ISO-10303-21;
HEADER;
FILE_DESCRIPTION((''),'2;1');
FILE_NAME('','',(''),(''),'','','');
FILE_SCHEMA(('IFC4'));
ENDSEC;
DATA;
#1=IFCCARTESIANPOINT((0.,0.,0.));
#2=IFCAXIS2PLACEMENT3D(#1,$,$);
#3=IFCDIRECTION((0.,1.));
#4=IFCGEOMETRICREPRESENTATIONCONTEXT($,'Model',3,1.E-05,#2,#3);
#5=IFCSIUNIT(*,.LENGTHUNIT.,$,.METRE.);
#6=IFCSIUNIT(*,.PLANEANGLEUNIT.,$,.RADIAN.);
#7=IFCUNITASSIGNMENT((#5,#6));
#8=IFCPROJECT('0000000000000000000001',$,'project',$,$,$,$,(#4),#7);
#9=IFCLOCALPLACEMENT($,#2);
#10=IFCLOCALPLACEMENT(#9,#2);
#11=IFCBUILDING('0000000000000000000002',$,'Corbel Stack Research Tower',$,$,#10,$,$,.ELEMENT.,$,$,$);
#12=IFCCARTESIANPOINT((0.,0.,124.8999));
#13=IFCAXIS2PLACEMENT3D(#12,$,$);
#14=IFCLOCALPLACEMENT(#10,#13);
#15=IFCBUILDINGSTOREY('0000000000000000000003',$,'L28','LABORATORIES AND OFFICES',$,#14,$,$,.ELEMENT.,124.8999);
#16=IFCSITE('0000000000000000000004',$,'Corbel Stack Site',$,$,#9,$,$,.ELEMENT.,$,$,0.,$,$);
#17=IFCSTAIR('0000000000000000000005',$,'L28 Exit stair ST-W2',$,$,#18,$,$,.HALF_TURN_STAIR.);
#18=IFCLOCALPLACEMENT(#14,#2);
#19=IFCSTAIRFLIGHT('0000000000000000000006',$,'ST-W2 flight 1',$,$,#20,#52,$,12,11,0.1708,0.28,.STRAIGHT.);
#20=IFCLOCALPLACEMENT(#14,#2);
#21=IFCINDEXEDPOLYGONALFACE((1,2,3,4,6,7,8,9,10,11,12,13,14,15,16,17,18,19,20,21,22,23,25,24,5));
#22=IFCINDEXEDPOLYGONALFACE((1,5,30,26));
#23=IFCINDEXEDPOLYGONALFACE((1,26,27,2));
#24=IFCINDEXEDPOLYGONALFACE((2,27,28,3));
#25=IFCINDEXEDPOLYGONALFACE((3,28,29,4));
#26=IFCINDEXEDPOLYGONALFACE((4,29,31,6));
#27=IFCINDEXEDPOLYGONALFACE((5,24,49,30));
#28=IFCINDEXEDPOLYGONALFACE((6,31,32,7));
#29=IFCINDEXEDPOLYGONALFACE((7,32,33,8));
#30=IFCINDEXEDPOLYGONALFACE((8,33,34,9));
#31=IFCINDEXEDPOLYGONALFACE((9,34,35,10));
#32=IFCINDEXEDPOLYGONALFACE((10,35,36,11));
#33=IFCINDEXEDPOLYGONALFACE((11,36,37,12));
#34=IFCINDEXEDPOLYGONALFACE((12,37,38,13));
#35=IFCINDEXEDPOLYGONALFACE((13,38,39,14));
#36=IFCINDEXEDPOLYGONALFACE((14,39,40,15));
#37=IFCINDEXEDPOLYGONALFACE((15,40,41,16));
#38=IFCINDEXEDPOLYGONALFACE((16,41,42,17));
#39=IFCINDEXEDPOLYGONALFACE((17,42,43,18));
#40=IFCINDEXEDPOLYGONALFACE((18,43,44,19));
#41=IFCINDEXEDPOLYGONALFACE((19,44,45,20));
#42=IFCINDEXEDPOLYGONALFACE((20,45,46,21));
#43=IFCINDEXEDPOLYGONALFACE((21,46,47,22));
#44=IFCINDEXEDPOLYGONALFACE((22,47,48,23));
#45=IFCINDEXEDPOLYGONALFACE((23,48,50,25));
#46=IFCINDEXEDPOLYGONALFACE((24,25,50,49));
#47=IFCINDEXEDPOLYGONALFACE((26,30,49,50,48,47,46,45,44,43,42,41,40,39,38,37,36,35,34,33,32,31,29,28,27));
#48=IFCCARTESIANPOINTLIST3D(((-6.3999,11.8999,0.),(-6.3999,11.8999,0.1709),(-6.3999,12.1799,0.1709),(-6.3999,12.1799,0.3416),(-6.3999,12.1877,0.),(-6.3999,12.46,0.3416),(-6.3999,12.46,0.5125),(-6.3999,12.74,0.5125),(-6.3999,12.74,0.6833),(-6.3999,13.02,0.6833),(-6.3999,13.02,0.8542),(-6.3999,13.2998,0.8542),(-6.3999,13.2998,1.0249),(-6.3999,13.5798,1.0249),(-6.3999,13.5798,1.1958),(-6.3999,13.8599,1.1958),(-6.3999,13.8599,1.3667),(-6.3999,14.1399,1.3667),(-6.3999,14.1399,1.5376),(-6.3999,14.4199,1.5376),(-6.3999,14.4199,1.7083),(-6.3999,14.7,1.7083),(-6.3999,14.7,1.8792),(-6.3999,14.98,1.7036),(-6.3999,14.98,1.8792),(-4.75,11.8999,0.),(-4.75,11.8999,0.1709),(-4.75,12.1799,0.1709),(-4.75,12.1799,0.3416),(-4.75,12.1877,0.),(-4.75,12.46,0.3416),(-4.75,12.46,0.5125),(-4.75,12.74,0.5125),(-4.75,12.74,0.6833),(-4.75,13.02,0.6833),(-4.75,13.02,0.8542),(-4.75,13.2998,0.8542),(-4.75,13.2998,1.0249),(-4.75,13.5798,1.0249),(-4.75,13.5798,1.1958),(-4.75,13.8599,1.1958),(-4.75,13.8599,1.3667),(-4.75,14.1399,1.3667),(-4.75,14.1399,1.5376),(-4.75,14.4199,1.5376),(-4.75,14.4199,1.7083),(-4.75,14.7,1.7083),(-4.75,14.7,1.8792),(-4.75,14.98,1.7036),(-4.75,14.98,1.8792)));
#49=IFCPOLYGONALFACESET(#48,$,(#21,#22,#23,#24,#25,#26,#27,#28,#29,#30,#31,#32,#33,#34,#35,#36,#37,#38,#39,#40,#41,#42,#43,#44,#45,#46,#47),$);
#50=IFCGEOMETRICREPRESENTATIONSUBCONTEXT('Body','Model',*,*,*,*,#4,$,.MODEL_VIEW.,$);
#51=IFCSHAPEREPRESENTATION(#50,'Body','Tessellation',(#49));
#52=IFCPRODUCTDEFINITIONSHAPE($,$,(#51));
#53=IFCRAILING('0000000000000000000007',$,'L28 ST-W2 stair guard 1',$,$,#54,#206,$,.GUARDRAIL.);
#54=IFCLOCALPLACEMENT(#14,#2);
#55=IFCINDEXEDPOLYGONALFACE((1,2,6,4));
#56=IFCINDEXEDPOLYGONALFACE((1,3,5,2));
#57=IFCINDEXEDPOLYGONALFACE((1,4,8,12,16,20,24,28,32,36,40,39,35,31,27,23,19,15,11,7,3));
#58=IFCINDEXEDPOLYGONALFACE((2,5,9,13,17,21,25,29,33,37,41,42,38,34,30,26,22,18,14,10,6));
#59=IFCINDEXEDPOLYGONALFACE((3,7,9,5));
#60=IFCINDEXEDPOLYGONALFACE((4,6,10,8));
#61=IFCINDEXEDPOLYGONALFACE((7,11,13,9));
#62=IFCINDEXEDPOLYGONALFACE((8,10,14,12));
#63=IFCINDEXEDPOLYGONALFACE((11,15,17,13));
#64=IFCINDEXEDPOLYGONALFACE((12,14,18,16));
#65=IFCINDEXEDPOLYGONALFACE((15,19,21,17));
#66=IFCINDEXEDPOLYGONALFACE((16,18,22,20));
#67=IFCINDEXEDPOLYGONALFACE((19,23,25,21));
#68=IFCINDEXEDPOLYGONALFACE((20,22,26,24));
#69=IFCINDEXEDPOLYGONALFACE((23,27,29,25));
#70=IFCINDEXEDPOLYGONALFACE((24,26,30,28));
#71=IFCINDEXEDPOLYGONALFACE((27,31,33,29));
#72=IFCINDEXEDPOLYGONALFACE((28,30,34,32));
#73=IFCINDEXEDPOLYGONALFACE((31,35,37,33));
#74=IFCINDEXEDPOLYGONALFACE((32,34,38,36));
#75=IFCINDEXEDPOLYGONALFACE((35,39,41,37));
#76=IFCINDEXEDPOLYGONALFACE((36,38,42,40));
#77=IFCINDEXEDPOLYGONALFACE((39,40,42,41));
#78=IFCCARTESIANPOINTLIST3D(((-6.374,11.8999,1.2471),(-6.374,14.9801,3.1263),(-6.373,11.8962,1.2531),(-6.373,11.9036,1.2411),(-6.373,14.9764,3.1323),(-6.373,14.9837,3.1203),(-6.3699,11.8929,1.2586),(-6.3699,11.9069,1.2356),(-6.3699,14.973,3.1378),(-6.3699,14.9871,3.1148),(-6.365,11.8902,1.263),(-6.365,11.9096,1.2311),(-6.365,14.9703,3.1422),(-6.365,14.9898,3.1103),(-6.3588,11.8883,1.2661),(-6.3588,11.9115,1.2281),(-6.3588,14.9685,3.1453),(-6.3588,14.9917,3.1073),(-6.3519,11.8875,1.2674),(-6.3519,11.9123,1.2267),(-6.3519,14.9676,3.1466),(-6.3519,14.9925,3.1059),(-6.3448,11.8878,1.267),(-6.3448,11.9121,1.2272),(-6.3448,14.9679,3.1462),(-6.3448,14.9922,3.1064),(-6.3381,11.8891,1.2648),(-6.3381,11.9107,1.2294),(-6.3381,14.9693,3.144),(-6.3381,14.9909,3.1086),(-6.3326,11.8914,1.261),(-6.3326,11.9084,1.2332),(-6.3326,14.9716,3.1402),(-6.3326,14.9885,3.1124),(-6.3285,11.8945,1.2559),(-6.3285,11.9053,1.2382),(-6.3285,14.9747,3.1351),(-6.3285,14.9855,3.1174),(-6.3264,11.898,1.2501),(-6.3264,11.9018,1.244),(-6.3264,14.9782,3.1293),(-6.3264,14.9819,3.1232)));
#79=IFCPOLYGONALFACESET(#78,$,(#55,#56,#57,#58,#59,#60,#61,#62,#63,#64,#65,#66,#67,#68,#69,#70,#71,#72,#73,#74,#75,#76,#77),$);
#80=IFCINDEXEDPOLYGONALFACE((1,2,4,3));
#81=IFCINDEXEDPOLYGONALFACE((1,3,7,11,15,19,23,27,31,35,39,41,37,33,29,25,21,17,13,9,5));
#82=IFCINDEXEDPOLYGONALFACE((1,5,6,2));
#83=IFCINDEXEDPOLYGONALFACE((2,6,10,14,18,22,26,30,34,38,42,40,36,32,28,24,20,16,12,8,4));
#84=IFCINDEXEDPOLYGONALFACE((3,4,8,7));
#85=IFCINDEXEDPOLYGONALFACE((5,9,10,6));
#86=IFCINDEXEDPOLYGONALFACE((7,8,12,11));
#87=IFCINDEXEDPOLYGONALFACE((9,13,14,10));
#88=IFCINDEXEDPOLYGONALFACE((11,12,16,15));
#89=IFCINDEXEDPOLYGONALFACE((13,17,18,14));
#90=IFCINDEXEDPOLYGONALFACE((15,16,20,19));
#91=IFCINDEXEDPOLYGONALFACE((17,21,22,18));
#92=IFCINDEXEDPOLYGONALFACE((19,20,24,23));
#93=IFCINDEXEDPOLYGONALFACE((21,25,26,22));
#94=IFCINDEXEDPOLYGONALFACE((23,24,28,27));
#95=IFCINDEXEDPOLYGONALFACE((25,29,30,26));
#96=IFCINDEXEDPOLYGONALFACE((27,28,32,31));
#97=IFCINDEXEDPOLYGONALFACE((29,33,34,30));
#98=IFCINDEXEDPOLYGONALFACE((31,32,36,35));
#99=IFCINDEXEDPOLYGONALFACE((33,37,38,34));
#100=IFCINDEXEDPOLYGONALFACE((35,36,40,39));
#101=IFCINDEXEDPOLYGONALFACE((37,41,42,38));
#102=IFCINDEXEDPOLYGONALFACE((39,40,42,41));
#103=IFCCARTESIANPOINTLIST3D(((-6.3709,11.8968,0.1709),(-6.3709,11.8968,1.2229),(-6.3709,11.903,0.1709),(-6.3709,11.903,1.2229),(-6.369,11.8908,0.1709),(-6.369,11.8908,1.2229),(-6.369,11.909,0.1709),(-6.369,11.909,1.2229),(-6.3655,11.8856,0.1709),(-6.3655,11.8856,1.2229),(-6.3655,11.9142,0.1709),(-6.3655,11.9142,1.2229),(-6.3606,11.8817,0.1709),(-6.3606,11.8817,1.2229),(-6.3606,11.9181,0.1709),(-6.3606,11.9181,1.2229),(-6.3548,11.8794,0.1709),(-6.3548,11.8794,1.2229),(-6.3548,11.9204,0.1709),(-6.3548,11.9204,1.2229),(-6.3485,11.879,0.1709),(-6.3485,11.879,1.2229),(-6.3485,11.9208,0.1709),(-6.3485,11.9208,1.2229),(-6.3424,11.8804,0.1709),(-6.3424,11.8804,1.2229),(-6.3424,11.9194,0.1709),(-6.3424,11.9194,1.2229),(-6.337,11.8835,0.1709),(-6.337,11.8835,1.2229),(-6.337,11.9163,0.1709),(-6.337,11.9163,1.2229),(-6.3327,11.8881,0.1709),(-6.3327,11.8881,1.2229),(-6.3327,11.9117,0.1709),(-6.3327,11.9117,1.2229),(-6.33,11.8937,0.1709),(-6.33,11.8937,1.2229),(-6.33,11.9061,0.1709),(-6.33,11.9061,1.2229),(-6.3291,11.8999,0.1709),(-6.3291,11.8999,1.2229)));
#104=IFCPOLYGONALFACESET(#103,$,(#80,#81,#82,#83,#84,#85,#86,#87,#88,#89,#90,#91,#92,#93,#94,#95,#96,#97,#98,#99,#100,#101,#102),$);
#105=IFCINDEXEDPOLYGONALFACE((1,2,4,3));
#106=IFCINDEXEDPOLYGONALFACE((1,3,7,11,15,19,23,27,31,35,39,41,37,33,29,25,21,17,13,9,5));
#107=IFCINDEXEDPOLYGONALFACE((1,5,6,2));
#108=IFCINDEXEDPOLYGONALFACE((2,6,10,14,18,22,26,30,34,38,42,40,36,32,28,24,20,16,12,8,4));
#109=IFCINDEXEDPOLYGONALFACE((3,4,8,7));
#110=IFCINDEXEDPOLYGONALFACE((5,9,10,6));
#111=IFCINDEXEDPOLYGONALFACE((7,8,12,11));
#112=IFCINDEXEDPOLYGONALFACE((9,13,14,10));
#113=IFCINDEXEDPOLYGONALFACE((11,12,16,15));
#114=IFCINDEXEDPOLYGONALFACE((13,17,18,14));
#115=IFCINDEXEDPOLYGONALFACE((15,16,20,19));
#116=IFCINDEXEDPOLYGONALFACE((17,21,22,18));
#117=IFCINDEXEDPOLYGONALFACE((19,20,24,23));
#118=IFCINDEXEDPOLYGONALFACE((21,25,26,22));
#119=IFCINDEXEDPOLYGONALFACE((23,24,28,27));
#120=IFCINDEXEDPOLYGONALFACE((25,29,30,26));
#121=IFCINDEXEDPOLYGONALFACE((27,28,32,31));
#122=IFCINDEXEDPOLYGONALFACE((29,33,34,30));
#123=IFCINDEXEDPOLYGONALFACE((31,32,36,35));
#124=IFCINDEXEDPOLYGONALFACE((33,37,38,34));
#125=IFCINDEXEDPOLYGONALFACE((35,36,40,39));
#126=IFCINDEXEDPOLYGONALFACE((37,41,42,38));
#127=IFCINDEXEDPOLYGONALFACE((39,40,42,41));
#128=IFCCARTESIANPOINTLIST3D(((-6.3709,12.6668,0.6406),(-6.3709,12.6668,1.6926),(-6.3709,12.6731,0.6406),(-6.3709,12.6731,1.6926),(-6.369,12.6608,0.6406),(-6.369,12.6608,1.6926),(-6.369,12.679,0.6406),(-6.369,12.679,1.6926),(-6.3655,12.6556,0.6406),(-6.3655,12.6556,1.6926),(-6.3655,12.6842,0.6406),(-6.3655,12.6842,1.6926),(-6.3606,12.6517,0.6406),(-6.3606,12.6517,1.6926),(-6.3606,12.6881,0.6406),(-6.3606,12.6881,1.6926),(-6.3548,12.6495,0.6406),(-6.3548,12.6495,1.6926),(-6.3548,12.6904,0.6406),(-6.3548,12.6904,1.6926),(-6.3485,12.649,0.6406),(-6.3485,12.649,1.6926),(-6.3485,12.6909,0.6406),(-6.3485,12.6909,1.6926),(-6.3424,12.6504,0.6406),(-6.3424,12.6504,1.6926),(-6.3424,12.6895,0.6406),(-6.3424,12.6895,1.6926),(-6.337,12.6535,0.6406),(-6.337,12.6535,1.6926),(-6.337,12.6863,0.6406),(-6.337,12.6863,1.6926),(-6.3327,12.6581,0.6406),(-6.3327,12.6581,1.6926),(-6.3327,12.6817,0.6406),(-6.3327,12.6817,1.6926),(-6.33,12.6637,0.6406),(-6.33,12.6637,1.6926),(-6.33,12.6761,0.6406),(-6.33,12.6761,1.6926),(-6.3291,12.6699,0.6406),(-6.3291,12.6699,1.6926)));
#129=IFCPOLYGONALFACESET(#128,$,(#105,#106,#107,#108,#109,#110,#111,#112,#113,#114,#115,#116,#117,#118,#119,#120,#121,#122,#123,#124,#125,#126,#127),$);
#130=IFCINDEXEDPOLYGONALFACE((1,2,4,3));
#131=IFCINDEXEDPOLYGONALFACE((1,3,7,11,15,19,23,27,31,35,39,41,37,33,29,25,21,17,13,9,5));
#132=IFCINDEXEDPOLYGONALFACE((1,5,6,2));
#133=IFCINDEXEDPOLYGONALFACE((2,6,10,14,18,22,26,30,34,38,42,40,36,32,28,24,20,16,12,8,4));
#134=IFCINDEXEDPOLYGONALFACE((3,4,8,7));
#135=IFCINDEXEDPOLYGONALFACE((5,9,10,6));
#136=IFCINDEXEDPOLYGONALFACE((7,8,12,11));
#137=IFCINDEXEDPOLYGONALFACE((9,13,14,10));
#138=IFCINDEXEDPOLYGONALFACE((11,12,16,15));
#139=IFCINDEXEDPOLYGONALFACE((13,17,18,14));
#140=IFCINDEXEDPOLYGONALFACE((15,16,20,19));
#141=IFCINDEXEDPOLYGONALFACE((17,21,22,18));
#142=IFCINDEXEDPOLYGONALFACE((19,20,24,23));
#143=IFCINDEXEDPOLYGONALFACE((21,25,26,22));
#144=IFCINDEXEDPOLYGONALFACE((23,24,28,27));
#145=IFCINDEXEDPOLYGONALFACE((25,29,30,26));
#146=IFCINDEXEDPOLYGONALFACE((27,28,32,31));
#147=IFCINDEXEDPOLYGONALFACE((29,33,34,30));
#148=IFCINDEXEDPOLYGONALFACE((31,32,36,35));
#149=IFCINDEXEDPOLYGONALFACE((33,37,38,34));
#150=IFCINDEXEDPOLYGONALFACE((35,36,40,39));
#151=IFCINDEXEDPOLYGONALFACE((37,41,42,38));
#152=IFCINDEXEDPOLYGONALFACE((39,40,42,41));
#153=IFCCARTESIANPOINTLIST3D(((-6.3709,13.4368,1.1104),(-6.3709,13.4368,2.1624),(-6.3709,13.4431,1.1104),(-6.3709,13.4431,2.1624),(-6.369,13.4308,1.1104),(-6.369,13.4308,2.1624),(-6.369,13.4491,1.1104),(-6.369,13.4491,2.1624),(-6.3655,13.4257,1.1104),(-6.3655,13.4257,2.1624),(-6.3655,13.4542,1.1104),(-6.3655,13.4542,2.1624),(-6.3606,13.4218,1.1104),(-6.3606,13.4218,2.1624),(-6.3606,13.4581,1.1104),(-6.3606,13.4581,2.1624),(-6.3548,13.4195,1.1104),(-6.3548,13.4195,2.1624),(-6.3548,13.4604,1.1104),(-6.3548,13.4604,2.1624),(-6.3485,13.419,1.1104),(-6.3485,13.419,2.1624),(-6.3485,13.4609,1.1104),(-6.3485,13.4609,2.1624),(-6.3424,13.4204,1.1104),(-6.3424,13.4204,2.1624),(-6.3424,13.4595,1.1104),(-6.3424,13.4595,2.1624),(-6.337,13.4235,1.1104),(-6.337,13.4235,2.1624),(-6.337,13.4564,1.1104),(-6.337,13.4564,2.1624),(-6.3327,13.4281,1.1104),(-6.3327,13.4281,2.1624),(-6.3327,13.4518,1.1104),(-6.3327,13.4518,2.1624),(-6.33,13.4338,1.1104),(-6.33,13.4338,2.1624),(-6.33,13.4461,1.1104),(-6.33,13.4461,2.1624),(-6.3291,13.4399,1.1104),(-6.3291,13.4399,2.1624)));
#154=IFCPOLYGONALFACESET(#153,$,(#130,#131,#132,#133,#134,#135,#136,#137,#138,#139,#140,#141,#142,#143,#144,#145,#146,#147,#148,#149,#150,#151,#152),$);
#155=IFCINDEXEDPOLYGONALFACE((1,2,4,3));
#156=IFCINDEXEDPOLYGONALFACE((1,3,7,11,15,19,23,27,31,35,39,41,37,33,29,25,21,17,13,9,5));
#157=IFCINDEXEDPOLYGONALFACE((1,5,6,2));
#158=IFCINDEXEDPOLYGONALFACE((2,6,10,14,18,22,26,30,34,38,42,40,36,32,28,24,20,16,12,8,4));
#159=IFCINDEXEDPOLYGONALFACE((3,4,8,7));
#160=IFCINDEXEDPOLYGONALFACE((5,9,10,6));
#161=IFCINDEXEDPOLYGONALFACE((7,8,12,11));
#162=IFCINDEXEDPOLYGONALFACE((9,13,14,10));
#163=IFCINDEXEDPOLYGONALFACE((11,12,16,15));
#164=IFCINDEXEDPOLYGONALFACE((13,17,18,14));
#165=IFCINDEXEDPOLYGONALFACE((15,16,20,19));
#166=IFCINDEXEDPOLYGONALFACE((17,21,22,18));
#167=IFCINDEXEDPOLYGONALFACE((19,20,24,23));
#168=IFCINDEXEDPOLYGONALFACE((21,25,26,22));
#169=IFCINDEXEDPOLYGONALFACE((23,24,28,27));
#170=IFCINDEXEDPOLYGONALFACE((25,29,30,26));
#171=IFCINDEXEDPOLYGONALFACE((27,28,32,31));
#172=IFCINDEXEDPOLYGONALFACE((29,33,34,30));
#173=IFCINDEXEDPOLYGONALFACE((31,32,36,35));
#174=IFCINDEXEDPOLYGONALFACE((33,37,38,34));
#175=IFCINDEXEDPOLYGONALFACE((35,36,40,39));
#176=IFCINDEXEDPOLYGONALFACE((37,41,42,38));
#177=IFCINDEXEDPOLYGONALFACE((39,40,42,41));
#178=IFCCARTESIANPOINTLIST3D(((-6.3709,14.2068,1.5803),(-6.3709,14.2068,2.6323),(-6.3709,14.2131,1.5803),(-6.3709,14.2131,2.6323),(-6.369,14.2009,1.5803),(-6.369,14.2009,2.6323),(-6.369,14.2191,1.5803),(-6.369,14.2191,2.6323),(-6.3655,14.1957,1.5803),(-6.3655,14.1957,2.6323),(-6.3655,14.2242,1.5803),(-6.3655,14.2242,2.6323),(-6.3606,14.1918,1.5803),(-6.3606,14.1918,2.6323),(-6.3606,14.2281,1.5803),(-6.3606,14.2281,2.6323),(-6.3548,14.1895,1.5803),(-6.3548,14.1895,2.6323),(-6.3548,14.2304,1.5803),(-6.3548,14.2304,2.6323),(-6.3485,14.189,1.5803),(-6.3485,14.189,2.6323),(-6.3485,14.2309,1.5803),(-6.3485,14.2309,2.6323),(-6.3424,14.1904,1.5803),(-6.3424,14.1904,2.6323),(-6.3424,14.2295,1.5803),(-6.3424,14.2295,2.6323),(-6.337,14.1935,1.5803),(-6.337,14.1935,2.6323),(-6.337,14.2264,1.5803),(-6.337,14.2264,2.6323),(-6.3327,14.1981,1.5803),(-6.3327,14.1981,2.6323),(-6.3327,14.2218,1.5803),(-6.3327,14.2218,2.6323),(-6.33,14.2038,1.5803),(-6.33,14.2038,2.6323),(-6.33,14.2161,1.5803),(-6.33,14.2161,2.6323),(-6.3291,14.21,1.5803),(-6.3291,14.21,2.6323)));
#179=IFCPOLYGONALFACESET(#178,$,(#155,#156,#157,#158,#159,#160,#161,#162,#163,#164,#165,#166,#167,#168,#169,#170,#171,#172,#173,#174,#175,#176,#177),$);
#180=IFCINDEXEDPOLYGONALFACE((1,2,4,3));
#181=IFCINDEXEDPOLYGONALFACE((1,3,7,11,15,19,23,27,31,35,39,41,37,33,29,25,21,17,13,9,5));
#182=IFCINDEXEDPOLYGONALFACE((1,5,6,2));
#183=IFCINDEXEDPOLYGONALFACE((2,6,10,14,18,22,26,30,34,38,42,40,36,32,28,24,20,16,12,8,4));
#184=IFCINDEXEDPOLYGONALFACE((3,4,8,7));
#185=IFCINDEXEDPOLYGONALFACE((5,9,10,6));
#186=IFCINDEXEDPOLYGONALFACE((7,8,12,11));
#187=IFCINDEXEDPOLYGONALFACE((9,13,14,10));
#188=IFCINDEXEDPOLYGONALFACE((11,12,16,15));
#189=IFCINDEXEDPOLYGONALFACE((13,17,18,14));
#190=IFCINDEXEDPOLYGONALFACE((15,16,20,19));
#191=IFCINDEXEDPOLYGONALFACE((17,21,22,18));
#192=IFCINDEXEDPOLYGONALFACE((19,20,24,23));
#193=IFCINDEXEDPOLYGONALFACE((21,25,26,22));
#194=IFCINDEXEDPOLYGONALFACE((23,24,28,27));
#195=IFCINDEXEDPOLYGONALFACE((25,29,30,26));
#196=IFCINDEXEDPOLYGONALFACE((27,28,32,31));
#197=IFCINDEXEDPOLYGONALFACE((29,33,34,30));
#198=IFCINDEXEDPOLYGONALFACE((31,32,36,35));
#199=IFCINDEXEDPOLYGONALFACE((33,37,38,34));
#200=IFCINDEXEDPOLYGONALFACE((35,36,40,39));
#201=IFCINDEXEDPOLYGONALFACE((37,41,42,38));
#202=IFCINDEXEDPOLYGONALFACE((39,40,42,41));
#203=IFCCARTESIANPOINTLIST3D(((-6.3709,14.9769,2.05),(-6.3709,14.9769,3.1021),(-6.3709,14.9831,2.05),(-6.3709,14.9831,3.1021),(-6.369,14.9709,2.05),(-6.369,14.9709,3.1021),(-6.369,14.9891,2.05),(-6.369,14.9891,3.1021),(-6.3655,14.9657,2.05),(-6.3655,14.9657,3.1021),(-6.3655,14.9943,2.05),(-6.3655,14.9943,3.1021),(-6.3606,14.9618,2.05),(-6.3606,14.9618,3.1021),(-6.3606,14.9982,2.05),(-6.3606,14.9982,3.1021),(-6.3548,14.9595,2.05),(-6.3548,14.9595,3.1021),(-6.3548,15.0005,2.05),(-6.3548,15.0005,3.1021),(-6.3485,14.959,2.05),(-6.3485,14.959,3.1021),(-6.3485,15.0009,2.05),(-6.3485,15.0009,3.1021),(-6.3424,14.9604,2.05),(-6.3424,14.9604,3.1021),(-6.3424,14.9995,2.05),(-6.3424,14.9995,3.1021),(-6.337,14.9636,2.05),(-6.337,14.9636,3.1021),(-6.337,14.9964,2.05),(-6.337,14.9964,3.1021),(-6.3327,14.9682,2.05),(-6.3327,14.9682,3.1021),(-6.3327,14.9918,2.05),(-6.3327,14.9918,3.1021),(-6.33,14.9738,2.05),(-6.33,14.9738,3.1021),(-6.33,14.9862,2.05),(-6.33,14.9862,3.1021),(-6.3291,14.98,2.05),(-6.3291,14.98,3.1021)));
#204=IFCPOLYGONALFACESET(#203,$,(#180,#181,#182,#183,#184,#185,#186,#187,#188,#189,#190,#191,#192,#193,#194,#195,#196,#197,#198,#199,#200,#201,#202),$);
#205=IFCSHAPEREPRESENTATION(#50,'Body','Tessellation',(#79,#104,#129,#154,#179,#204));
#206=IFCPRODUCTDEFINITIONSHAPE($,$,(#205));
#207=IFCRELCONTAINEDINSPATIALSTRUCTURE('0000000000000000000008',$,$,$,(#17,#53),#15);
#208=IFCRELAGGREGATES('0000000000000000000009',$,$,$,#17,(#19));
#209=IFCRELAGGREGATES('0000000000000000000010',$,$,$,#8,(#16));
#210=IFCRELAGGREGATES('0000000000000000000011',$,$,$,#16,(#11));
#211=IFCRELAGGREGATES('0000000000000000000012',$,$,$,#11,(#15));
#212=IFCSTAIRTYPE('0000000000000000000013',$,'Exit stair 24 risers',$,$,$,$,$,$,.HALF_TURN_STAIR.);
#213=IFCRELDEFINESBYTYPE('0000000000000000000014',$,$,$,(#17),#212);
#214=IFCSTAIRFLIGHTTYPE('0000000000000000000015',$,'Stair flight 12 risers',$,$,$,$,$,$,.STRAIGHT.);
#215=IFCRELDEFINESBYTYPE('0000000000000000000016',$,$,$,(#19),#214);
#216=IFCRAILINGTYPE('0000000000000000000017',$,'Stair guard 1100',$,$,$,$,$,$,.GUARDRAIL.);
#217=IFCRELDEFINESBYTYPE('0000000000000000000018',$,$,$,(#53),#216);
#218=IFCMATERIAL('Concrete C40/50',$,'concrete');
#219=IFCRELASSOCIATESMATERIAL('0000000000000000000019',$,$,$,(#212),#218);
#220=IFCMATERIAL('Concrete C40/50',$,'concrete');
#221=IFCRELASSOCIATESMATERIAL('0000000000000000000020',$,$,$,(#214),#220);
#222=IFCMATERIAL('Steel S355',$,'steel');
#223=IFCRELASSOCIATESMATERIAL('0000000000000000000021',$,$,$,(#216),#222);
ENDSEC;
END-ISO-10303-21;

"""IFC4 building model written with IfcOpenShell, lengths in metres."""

from ifc_helpers import new_model, si_unit, direction, frame, origin, origin_2d, place, context, subcontext, project, spatial, polyline, circle, outline, extrude, material, type_object, element, aggregate, save


model = new_model("IFC4")

# Units and contexts
model_context = context("Model", 3, precision=1e-05, world=origin(), true_north=direction((0.0, 1.0)))
body_context = subcontext(model_context, "Body", "Model", "MODEL_VIEW")
ifc_project = project(units=[si_unit("LENGTHUNIT", "METRE"), si_unit("PLANEANGLEUNIT", "RADIAN")], contexts=[model_context])

# Site, building, storey
site_placement = place(None, origin())
site = spatial("IfcSite", under=ifc_project, at=site_placement, Name="Corbel Stack Site", CompositionType="ELEMENT", RefElevation=0.0)
building_placement = place(site_placement, origin())
building = spatial("IfcBuilding", under=site, at=building_placement, Name="Corbel Stack Research Tower", CompositionType="ELEMENT")
storey_placement = place(building_placement, frame((0.0, 0.0, 124.8999)))
storey = spatial("IfcBuildingStorey", under=building, at=storey_placement, Name="L28", Description="LABORATORIES AND OFFICES", CompositionType="ELEMENT", Elevation=124.8999)

# Stair, stair flight
ifc_material_1 = material(Name="Concrete C40/50", Category="concrete")
stair_type = type_object("IfcStairType", Name="Exit stair 24 risers", PredefinedType="HALF_TURN_STAIR", material=ifc_material_1)
stair_placement = place(storey_placement, origin())
stair = element("IfcStair", 1, at=stair_placement, inside=storey, type_object=stair_type, Name="L28 Exit stair ST-W2", PredefinedType="HALF_TURN_STAIR")
ifc_material_2 = material(Name="Concrete C40/50", Category="concrete")
stair_flight_type = type_object("IfcStairFlightType", Name="Stair flight 12 risers", PredefinedType="STRAIGHT", material=ifc_material_2)
stair_flight_placement = place(storey_placement, frame((-5.575, 11.8999, 0.0), z_axis=(0.0, 0.0, 1.0), x_axis=(0.0, 1.0, 0.0)))
stair_flight = element("IfcStairFlight", 2, at=stair_flight_placement, type_object=stair_flight_type, Name="ST-W2 flight 1", NumberOfRisers=12, NumberOfTreads=11, PredefinedType="STRAIGHT", RiserHeight=0.1708, TreadLength=0.28, context=body_context, shape_type="SweptSolid", body=[
    extrude(outline(polyline([(0.0, 0.0), (0.0, 0.1709), (0.28, 0.1709), (0.28, 0.3416), (0.5601, 0.3416), (0.5601, 0.5125), (0.8401, 0.5125), (0.8401, 0.6833), (1.1201, 0.6833), (1.1201, 0.8542), (1.3999, 0.8542), (1.3999, 1.0249), (1.6799, 1.0249), (1.6799, 1.1958), (1.96, 1.1958), (1.96, 1.3667), (2.24, 1.3667), (2.24, 1.5376), (2.52, 1.5376), (2.52, 1.7083), (2.8, 1.7083), (2.8, 1.8792), (3.0801, 1.8792), (3.0801, 2.05), (3.0801, 1.7036), (0.2878, 0.0), (0.0, 0.0)])), frame((0.0, 0.825, 0.0), z_axis=(0.0, -1.0, 0.0), x_axis=(1.0, 0.0, 0.0)), (0.0, 0.0, 1.0), 1.6499),
])
aggregate(stair, [stair_flight])

# Railing
ifc_material_3 = material(Name="Steel S355", Category="steel")
railing_type_1 = type_object("IfcRailingType", Name="Stair guard 1100", PredefinedType="GUARDRAIL", material=ifc_material_3)
railing_1_placement = place(storey_placement, frame((-6.3501, 11.8999, 0.1709)))
element("IfcRailing", 3, at=railing_1_placement, inside=storey, type_object=railing_type_1, Name="L28 ST-W2 stair guard 1", PredefinedType="GUARDRAIL", context=body_context, shape_type="SweptSolid", body=[
    extrude(circle(Radius=0.0239, at=origin_2d()), frame((0.0, 0.0, 1.0762), z_axis=(0.0, 0.853666, 0.52082), x_axis=(-1.0, 0.0, 0.0)), (0.0, 0.0, 1.0), 3.6082),
    extrude(circle(Radius=0.021, at=origin_2d()), origin(), (0.0, 0.0, 1.0), 1.052),
    extrude(circle(Radius=0.021, at=origin_2d()), frame((0.0, 0.77, 0.4697)), (0.0, 0.0, 1.0), 1.052),
    extrude(circle(Radius=0.021, at=origin_2d()), frame((0.0, 1.54, 0.9395)), (0.0, 0.0, 1.0), 1.052),
    extrude(circle(Radius=0.021, at=origin_2d()), frame((0.0, 2.3101, 1.4094)), (0.0, 0.0, 1.0), 1.052),
    extrude(circle(Radius=0.021, at=origin_2d()), frame((0.0, 3.0801, 1.8792)), (0.0, 0.0, 1.0), 1.052),
])

save(model, "model.ifc")
